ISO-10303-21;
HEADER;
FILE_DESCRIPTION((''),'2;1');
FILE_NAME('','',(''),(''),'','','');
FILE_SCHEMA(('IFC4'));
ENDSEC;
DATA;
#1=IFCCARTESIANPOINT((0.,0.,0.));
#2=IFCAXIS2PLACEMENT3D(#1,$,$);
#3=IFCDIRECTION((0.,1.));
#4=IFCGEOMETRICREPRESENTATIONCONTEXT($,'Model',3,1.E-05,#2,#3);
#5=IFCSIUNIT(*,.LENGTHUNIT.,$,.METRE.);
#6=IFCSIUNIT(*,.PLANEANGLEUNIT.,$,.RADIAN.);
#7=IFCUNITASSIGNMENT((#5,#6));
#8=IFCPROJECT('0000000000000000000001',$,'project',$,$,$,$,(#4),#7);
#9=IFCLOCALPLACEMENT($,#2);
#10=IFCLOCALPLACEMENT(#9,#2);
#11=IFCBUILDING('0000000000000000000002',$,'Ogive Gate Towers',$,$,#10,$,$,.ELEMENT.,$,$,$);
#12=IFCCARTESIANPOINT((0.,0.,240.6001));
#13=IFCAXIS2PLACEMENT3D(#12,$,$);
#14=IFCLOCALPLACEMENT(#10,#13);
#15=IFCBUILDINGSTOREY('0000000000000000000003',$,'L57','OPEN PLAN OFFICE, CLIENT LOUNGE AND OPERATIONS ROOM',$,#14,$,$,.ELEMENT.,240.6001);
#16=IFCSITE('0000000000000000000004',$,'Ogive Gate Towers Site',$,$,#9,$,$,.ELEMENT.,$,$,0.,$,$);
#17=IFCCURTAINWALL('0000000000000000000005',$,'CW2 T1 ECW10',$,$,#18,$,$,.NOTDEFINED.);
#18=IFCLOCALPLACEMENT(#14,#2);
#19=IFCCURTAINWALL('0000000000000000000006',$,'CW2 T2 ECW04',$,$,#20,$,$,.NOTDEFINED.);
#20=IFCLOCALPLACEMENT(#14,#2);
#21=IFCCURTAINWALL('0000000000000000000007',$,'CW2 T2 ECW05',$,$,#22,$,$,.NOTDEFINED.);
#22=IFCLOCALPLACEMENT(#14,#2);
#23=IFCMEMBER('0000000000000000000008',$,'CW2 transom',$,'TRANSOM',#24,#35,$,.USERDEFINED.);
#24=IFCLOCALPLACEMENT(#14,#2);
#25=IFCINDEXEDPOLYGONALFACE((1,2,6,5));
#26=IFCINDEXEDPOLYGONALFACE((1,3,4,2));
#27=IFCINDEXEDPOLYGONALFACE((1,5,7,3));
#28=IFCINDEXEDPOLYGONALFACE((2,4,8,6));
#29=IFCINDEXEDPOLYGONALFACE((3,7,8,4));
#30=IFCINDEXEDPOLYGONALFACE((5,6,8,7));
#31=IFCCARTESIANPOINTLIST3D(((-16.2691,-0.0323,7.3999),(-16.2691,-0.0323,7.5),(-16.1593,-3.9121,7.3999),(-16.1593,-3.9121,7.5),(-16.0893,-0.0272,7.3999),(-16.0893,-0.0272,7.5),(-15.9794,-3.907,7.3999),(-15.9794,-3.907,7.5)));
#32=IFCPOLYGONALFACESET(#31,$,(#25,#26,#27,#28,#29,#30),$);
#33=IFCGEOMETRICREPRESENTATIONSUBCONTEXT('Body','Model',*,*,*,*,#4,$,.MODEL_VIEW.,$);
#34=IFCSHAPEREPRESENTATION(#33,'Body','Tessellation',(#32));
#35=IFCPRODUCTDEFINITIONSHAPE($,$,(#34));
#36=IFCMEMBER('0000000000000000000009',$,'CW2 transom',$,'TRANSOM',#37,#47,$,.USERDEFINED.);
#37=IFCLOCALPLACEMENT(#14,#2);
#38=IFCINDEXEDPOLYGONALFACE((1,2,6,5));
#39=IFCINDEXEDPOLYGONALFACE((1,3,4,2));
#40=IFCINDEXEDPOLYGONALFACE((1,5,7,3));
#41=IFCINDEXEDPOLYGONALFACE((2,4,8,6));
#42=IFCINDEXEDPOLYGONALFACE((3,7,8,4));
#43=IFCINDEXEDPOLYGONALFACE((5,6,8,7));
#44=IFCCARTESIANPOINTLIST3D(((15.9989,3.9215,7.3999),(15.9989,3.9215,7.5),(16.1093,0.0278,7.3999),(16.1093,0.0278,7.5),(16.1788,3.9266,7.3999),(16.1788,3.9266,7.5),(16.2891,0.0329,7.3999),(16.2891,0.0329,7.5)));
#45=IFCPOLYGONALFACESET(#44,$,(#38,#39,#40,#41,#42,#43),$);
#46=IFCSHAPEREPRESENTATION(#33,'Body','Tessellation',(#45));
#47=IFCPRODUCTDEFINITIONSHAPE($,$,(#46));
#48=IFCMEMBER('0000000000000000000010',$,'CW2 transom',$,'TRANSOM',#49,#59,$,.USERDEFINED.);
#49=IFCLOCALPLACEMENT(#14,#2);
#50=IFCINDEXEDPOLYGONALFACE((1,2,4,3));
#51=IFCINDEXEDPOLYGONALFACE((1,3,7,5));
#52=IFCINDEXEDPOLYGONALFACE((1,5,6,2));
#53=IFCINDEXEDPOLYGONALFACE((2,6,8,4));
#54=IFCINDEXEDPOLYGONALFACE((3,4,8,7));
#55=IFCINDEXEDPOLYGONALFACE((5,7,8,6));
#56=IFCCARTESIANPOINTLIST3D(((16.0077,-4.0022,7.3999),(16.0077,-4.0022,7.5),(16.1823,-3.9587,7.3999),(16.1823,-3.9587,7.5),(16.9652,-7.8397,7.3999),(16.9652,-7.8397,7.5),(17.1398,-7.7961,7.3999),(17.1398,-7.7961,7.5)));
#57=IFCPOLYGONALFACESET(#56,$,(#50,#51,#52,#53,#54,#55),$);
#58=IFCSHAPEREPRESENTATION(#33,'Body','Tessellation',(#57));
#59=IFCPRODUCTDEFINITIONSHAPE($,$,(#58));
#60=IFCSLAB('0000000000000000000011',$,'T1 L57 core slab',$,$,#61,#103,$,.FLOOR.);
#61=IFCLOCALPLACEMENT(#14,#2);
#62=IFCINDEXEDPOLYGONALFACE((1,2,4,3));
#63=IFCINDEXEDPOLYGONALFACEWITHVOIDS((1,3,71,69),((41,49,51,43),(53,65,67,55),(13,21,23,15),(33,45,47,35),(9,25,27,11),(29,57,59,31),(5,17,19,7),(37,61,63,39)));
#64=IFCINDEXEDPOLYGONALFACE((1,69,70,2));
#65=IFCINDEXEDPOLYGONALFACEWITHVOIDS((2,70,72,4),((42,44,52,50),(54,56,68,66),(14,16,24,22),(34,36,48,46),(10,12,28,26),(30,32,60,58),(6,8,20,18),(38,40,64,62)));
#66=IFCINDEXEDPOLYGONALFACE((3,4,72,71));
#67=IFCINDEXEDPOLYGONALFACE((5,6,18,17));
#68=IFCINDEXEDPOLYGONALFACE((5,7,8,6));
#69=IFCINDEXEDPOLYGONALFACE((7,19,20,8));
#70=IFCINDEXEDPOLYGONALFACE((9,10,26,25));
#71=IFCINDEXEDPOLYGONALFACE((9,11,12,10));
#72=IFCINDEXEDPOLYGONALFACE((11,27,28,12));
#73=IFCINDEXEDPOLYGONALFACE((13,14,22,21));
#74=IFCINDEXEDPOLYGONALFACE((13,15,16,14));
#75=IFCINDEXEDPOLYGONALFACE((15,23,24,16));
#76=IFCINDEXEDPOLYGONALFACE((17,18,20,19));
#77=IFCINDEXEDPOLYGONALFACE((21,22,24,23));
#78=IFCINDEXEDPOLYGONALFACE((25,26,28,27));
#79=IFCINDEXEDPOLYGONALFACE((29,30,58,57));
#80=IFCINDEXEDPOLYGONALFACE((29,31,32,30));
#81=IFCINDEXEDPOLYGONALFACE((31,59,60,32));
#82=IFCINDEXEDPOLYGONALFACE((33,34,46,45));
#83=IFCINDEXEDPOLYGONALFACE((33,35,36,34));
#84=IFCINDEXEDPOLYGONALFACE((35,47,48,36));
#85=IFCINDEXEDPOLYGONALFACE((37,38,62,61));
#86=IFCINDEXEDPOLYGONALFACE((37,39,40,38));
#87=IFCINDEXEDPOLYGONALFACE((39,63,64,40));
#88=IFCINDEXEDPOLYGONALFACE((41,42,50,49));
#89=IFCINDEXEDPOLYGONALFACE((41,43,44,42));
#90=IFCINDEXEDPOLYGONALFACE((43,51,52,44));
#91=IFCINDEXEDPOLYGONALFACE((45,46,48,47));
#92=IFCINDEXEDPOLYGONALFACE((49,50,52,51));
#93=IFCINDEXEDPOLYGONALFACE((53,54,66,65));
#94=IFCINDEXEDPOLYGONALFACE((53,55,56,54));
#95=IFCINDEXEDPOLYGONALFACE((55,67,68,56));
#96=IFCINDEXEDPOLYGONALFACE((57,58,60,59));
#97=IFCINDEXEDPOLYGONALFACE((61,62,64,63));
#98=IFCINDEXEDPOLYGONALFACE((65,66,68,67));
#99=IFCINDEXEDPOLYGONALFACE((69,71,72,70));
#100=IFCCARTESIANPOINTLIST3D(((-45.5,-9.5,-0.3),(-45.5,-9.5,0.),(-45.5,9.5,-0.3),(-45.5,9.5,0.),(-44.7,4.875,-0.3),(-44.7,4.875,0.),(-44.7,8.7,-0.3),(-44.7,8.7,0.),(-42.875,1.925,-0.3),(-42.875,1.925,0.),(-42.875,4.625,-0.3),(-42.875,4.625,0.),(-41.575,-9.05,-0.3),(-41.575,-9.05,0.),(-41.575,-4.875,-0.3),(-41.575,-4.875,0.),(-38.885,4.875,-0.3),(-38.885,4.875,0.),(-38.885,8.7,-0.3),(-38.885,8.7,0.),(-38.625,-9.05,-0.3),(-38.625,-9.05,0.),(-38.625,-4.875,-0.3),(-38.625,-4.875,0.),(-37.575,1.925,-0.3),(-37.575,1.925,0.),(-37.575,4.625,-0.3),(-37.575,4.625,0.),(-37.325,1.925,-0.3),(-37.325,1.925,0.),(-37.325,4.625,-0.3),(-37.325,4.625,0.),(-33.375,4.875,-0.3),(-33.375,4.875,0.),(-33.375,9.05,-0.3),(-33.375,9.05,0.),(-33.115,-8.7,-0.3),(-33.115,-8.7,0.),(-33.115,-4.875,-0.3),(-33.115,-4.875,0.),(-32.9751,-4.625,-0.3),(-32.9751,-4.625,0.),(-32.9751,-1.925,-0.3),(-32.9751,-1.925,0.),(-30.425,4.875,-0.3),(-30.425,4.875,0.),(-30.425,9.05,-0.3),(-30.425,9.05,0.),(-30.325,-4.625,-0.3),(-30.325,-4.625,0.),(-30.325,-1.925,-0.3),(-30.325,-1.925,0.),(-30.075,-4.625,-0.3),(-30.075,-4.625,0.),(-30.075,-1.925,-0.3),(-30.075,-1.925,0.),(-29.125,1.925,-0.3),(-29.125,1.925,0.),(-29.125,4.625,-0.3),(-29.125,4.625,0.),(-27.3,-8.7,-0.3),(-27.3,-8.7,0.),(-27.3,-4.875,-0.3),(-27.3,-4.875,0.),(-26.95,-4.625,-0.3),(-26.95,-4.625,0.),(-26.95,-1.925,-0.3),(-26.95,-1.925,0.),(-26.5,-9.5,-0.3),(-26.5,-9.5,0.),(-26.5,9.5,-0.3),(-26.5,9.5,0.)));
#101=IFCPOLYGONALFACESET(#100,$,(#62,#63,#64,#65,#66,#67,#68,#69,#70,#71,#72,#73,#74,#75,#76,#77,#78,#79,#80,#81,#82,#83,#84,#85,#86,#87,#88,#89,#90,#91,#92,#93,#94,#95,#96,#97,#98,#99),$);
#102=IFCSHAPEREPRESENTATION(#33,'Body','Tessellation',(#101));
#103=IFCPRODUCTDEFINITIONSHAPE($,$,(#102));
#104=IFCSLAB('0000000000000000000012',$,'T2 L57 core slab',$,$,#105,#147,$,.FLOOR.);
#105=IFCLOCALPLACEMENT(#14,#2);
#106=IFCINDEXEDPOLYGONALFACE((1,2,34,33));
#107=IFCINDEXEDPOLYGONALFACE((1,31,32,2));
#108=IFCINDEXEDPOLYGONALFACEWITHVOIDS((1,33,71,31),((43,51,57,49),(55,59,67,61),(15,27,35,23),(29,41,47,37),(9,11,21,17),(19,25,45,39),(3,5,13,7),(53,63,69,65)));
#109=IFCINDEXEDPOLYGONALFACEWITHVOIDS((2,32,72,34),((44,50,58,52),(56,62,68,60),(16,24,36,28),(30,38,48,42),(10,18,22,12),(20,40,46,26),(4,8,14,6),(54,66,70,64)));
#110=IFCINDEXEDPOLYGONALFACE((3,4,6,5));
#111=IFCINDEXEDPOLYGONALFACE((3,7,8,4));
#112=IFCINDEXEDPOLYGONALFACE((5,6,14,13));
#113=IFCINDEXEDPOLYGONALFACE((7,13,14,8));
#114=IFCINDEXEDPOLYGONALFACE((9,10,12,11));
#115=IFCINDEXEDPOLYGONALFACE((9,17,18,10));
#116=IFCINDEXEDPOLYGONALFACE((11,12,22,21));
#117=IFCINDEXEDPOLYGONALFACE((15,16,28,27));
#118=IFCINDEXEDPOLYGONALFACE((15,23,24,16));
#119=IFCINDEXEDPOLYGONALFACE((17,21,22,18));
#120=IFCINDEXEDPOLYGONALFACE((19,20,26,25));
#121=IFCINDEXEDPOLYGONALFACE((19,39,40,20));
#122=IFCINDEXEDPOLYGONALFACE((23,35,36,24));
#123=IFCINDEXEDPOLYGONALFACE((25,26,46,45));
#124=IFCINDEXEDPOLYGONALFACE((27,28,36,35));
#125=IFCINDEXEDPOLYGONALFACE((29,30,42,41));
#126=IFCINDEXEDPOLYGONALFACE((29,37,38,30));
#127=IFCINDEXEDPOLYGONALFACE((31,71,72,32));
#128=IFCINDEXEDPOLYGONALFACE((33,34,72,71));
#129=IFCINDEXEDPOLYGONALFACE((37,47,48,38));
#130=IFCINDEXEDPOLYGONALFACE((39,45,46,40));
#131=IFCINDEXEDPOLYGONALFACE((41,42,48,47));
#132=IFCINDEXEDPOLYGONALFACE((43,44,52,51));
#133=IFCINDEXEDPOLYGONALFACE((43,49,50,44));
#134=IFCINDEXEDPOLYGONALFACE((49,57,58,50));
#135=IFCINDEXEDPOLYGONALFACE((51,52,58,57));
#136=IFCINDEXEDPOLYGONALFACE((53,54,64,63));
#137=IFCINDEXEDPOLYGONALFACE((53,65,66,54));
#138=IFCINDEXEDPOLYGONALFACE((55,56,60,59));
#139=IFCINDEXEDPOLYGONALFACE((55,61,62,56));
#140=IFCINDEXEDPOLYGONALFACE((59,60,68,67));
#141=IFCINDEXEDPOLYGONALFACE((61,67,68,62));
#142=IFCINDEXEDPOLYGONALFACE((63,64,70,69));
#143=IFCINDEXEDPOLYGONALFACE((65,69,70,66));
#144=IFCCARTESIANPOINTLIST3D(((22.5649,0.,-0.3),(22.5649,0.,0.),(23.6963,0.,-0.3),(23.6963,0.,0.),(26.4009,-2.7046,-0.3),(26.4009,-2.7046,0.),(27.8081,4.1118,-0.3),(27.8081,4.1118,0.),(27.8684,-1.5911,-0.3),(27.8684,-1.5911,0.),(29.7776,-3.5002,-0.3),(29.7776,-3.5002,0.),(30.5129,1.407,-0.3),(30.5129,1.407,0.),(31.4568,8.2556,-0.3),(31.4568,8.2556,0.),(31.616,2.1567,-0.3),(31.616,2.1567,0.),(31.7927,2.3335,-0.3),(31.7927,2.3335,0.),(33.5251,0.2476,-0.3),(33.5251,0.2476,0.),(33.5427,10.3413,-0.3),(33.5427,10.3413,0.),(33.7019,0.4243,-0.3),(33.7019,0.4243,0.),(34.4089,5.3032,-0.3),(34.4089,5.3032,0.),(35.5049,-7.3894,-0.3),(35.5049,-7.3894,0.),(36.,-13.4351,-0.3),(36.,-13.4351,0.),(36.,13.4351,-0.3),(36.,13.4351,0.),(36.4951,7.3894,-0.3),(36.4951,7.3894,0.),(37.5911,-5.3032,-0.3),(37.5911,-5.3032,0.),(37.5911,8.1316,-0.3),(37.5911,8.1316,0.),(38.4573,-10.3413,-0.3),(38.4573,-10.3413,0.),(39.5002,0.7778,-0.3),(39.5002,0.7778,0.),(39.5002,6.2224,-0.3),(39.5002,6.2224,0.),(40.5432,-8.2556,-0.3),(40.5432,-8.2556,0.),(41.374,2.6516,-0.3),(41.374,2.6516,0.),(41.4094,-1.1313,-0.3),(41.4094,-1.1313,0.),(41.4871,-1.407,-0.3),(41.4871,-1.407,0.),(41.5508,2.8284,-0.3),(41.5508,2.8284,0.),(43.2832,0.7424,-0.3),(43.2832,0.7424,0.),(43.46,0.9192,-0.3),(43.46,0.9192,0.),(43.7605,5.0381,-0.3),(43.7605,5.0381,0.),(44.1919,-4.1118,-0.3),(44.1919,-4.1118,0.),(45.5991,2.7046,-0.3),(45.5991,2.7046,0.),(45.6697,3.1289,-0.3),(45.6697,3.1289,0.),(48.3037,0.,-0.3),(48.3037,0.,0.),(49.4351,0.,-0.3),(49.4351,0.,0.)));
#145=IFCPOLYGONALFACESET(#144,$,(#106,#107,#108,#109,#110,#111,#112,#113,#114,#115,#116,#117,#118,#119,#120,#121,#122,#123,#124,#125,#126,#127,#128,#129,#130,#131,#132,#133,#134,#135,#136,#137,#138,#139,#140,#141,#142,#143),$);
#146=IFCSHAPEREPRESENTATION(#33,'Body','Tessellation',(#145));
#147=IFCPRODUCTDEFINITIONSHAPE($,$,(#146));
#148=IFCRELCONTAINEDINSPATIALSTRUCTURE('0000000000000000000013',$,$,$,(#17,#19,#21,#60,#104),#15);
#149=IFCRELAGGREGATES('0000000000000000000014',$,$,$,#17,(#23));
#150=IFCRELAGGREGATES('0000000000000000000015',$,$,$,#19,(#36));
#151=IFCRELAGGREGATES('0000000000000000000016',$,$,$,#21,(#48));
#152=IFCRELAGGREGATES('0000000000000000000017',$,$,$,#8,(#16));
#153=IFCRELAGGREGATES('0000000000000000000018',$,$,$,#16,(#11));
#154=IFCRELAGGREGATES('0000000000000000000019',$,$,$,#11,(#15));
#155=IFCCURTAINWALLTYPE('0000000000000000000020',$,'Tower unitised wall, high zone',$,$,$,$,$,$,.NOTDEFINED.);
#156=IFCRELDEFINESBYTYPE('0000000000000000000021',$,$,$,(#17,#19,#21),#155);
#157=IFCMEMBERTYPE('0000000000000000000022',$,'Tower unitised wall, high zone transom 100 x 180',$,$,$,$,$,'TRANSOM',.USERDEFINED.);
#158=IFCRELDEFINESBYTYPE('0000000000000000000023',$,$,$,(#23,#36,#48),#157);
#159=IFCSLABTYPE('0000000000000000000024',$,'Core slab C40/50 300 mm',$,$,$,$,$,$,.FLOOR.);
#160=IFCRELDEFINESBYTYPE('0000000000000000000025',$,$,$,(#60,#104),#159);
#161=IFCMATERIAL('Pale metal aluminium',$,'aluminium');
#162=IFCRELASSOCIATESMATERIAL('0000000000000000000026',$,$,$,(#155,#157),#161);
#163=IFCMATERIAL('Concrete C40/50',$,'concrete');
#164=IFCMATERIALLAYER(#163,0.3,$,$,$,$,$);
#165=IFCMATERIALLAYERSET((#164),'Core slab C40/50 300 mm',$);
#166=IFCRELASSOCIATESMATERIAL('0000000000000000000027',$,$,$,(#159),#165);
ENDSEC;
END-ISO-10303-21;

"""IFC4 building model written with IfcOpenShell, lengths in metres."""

from ifc_helpers import new_model, si_unit, direction, frame, origin, origin_2d, place, context, subcontext, project, spatial, polyline, rectangle, outline, extrude, material, layer, layer_set, material_profile, profile_set, type_object, element, aggregate, save


model = new_model("IFC4")

# Units and contexts
model_context = context("Model", 3, precision=1e-05, world=origin(), true_north=direction((0.0, 1.0)))
body_context = subcontext(model_context, "Body", "Model", "MODEL_VIEW")
ifc_project = project(units=[si_unit("LENGTHUNIT", "METRE"), si_unit("PLANEANGLEUNIT", "RADIAN")], contexts=[model_context])

# Site, building, storey
site_placement = place(None, origin())
site = spatial("IfcSite", under=ifc_project, at=site_placement, Name="Ogive Gate Towers Site", CompositionType="ELEMENT", RefElevation=0.0)
building_placement = place(site_placement, origin())
building = spatial("IfcBuilding", under=site, at=building_placement, Name="Ogive Gate Towers", CompositionType="ELEMENT")
storey_placement = place(building_placement, frame((0.0, 0.0, 240.6001)))
storey = spatial("IfcBuildingStorey", under=building, at=storey_placement, Name="L57", Description="OPEN PLAN OFFICE, CLIENT LOUNGE AND OPERATIONS ROOM", CompositionType="ELEMENT", Elevation=240.6001)

# Shared definitions
ifc_material_1 = material(Name="Pale metal aluminium", Category="aluminium")
curtain_wall_type = type_object("IfcCurtainWallType", Name="Tower unitised wall, high zone", PredefinedType="NOTDEFINED", material=ifc_material_1)

# Curtain walls
curtain_wall_1_placement = place(storey_placement, origin())
curtain_wall_1 = element("IfcCurtainWall", 1, at=curtain_wall_1_placement, inside=storey, type_object=curtain_wall_type, Name="CW2 T1 ECW10", PredefinedType="NOTDEFINED")
curtain_wall_2_placement = place(storey_placement, origin())
curtain_wall_2 = element("IfcCurtainWall", 2, at=curtain_wall_2_placement, inside=storey, type_object=curtain_wall_type, Name="CW2 T2 ECW04", PredefinedType="NOTDEFINED")
curtain_wall_3_placement = place(storey_placement, origin())
curtain_wall_3 = element("IfcCurtainWall", 3, at=curtain_wall_3_placement, inside=storey, type_object=curtain_wall_type, Name="CW2 T2 ECW05", PredefinedType="NOTDEFINED")

# Members
ifc_material_profile_1 = material_profile(ifc_material_1, rectangle(XDim=0.1799, YDim=0.1001, at=origin_2d()), Name="100 x 180 aluminium box")
ifc_profile_set_1 = profile_set([ifc_material_profile_1], Name="Pale metal aluminium")
member_type_1 = type_object("IfcMemberType", Name="Tower unitised wall, high zone transom 100 x 180", ElementType="TRANSOM", PredefinedType="USERDEFINED", material=ifc_profile_set_1)
member_1_placement = place(storey_placement, frame((-16.1792, -0.0298, 7.45), z_axis=(0.028305, -0.999599, 0.0), x_axis=(0.999599, 0.028305, 0.0)))
member_1 = element("IfcMember", 4, at=member_1_placement, type_object=member_type_1, Name="CW2 transom", ObjectType="TRANSOM", PredefinedType="USERDEFINED", context=body_context, shape_type="SweptSolid", body=[
    extrude(rectangle(XDim=0.1799, YDim=0.1001, at=origin_2d()), origin(), (0.0, 0.0, 1.0), 3.8813),
])
member_2_placement = place(storey_placement, frame((16.0889, 3.9241, 7.45), z_axis=(0.028329, -0.999599, 0.0), x_axis=(0.999599, 0.028329, 0.0)))
member_2 = element("IfcMember", 5, at=member_2_placement, type_object=member_type_1, Name="CW2 transom", ObjectType="TRANSOM", PredefinedType="USERDEFINED", context=body_context, shape_type="SweptSolid", body=[
    extrude(rectangle(XDim=0.1799, YDim=0.1001, at=origin_2d()), origin(), (0.0, 0.0, 1.0), 3.8953),
])
member_3_placement = place(storey_placement, frame((16.095, -3.9805, 7.45), z_axis=(0.2421, -0.970251, 0.0), x_axis=(0.970251, 0.2421, 0.0)))
member_3 = element("IfcMember", 6, at=member_3_placement, type_object=member_type_1, Name="CW2 transom", ObjectType="TRANSOM", PredefinedType="USERDEFINED", context=body_context, shape_type="SweptSolid", body=[
    extrude(rectangle(XDim=0.1799, YDim=0.1001, at=origin_2d()), origin(), (0.0, 0.0, 1.0), 3.9551),
])

# Slabs
ifc_material_2 = material(Name="Concrete C40/50", Category="concrete")
ifc_layer_1 = layer(ifc_material_2, 0.3)
ifc_layer_set_1 = layer_set([ifc_layer_1], Name="Core slab C40/50 300 mm")
slab_type_1 = type_object("IfcSlabType", Name="Core slab C40/50 300 mm", PredefinedType="FLOOR", material=ifc_layer_set_1)
slab_1_placement = place(storey_placement, frame((0.0, 0.0, -0.3)))
element("IfcSlab", 7, at=slab_1_placement, inside=storey, type_object=slab_type_1, Name="T1 L57 core slab", PredefinedType="FLOOR", context=body_context, shape_type="SweptSolid", body=[
    extrude(outline(polyline([(-45.5, -9.5), (-45.5, 9.5), (-26.5, 9.5), (-26.5, -9.5), (-45.5, -9.5)]), holes=[polyline([(-42.875, 1.925), (-37.575, 1.925), (-37.575, 4.625), (-42.875, 4.625), (-42.875, 1.925)]), polyline([(-37.325, 4.625), (-37.325, 1.925), (-29.125, 1.925), (-29.125, 4.625), (-37.325, 4.625)]), polyline([(-30.325, -1.925), (-32.9751, -1.925), (-32.9751, -4.625), (-30.325, -4.625), (-30.325, -1.925)]), polyline([(-26.95, -4.625), (-26.95, -1.925), (-30.075, -1.925), (-30.075, -4.625), (-26.95, -4.625)]), polyline([(-33.375, 4.875), (-30.425, 4.875), (-30.425, 9.05), (-33.375, 9.05), (-33.375, 4.875)]), polyline([(-41.575, -4.875), (-41.575, -9.05), (-38.625, -9.05), (-38.625, -4.875), (-41.575, -4.875)]), polyline([(-44.7, 4.875), (-38.885, 4.875), (-38.885, 8.7), (-44.7, 8.7), (-44.7, 4.875)]), polyline([(-27.3, -8.7), (-27.3, -4.875), (-33.115, -4.875), (-33.115, -8.7), (-27.3, -8.7)])]), origin(), (0.0, 0.0, 1.0), 0.3),
])
slab_2_placement = place(storey_placement, frame((0.0, 0.0, -0.3)))
element("IfcSlab", 8, at=slab_2_placement, inside=storey, type_object=slab_type_1, Name="T2 L57 core slab", PredefinedType="FLOOR", context=body_context, shape_type="SweptSolid", body=[
    extrude(outline(polyline([(36.0, -13.4351), (22.5649, 0.0), (36.0, 13.4351), (49.4351, 0.0), (36.0, -13.4351)]), holes=[polyline([(29.7776, -3.5002), (33.5251, 0.2476), (31.616, 2.1567), (27.8684, -1.5911), (29.7776, -3.5002)]), polyline([(31.7927, 2.3335), (33.7019, 0.4243), (39.5002, 6.2224), (37.5911, 8.1316), (31.7927, 2.3335)]), polyline([(41.374, 2.6516), (39.5002, 0.7778), (41.4094, -1.1313), (43.2832, 0.7424), (41.374, 2.6516)]), polyline([(45.6697, 3.1289), (43.7605, 5.0381), (41.5508, 2.8284), (43.46, 0.9192), (45.6697, 3.1289)]), polyline([(34.4089, 5.3032), (36.4951, 7.3894), (33.5427, 10.3413), (31.4568, 8.2556), (34.4089, 5.3032)]), polyline([(35.5049, -7.3894), (38.4573, -10.3413), (40.5432, -8.2556), (37.5911, -5.3032), (35.5049, -7.3894)]), polyline([(26.4009, -2.7046), (30.5129, 1.407), (27.8081, 4.1118), (23.6963, 0.0), (26.4009, -2.7046)]), polyline([(48.3037, 0.0), (45.5991, 2.7046), (41.4871, -1.407), (44.1919, -4.1118), (48.3037, 0.0)])]), origin(), (0.0, 0.0, 1.0), 0.3),
])

aggregate(curtain_wall_1, [member_1])
aggregate(curtain_wall_2, [member_2])
aggregate(curtain_wall_3, [member_3])

save(model, "model.ifc")
